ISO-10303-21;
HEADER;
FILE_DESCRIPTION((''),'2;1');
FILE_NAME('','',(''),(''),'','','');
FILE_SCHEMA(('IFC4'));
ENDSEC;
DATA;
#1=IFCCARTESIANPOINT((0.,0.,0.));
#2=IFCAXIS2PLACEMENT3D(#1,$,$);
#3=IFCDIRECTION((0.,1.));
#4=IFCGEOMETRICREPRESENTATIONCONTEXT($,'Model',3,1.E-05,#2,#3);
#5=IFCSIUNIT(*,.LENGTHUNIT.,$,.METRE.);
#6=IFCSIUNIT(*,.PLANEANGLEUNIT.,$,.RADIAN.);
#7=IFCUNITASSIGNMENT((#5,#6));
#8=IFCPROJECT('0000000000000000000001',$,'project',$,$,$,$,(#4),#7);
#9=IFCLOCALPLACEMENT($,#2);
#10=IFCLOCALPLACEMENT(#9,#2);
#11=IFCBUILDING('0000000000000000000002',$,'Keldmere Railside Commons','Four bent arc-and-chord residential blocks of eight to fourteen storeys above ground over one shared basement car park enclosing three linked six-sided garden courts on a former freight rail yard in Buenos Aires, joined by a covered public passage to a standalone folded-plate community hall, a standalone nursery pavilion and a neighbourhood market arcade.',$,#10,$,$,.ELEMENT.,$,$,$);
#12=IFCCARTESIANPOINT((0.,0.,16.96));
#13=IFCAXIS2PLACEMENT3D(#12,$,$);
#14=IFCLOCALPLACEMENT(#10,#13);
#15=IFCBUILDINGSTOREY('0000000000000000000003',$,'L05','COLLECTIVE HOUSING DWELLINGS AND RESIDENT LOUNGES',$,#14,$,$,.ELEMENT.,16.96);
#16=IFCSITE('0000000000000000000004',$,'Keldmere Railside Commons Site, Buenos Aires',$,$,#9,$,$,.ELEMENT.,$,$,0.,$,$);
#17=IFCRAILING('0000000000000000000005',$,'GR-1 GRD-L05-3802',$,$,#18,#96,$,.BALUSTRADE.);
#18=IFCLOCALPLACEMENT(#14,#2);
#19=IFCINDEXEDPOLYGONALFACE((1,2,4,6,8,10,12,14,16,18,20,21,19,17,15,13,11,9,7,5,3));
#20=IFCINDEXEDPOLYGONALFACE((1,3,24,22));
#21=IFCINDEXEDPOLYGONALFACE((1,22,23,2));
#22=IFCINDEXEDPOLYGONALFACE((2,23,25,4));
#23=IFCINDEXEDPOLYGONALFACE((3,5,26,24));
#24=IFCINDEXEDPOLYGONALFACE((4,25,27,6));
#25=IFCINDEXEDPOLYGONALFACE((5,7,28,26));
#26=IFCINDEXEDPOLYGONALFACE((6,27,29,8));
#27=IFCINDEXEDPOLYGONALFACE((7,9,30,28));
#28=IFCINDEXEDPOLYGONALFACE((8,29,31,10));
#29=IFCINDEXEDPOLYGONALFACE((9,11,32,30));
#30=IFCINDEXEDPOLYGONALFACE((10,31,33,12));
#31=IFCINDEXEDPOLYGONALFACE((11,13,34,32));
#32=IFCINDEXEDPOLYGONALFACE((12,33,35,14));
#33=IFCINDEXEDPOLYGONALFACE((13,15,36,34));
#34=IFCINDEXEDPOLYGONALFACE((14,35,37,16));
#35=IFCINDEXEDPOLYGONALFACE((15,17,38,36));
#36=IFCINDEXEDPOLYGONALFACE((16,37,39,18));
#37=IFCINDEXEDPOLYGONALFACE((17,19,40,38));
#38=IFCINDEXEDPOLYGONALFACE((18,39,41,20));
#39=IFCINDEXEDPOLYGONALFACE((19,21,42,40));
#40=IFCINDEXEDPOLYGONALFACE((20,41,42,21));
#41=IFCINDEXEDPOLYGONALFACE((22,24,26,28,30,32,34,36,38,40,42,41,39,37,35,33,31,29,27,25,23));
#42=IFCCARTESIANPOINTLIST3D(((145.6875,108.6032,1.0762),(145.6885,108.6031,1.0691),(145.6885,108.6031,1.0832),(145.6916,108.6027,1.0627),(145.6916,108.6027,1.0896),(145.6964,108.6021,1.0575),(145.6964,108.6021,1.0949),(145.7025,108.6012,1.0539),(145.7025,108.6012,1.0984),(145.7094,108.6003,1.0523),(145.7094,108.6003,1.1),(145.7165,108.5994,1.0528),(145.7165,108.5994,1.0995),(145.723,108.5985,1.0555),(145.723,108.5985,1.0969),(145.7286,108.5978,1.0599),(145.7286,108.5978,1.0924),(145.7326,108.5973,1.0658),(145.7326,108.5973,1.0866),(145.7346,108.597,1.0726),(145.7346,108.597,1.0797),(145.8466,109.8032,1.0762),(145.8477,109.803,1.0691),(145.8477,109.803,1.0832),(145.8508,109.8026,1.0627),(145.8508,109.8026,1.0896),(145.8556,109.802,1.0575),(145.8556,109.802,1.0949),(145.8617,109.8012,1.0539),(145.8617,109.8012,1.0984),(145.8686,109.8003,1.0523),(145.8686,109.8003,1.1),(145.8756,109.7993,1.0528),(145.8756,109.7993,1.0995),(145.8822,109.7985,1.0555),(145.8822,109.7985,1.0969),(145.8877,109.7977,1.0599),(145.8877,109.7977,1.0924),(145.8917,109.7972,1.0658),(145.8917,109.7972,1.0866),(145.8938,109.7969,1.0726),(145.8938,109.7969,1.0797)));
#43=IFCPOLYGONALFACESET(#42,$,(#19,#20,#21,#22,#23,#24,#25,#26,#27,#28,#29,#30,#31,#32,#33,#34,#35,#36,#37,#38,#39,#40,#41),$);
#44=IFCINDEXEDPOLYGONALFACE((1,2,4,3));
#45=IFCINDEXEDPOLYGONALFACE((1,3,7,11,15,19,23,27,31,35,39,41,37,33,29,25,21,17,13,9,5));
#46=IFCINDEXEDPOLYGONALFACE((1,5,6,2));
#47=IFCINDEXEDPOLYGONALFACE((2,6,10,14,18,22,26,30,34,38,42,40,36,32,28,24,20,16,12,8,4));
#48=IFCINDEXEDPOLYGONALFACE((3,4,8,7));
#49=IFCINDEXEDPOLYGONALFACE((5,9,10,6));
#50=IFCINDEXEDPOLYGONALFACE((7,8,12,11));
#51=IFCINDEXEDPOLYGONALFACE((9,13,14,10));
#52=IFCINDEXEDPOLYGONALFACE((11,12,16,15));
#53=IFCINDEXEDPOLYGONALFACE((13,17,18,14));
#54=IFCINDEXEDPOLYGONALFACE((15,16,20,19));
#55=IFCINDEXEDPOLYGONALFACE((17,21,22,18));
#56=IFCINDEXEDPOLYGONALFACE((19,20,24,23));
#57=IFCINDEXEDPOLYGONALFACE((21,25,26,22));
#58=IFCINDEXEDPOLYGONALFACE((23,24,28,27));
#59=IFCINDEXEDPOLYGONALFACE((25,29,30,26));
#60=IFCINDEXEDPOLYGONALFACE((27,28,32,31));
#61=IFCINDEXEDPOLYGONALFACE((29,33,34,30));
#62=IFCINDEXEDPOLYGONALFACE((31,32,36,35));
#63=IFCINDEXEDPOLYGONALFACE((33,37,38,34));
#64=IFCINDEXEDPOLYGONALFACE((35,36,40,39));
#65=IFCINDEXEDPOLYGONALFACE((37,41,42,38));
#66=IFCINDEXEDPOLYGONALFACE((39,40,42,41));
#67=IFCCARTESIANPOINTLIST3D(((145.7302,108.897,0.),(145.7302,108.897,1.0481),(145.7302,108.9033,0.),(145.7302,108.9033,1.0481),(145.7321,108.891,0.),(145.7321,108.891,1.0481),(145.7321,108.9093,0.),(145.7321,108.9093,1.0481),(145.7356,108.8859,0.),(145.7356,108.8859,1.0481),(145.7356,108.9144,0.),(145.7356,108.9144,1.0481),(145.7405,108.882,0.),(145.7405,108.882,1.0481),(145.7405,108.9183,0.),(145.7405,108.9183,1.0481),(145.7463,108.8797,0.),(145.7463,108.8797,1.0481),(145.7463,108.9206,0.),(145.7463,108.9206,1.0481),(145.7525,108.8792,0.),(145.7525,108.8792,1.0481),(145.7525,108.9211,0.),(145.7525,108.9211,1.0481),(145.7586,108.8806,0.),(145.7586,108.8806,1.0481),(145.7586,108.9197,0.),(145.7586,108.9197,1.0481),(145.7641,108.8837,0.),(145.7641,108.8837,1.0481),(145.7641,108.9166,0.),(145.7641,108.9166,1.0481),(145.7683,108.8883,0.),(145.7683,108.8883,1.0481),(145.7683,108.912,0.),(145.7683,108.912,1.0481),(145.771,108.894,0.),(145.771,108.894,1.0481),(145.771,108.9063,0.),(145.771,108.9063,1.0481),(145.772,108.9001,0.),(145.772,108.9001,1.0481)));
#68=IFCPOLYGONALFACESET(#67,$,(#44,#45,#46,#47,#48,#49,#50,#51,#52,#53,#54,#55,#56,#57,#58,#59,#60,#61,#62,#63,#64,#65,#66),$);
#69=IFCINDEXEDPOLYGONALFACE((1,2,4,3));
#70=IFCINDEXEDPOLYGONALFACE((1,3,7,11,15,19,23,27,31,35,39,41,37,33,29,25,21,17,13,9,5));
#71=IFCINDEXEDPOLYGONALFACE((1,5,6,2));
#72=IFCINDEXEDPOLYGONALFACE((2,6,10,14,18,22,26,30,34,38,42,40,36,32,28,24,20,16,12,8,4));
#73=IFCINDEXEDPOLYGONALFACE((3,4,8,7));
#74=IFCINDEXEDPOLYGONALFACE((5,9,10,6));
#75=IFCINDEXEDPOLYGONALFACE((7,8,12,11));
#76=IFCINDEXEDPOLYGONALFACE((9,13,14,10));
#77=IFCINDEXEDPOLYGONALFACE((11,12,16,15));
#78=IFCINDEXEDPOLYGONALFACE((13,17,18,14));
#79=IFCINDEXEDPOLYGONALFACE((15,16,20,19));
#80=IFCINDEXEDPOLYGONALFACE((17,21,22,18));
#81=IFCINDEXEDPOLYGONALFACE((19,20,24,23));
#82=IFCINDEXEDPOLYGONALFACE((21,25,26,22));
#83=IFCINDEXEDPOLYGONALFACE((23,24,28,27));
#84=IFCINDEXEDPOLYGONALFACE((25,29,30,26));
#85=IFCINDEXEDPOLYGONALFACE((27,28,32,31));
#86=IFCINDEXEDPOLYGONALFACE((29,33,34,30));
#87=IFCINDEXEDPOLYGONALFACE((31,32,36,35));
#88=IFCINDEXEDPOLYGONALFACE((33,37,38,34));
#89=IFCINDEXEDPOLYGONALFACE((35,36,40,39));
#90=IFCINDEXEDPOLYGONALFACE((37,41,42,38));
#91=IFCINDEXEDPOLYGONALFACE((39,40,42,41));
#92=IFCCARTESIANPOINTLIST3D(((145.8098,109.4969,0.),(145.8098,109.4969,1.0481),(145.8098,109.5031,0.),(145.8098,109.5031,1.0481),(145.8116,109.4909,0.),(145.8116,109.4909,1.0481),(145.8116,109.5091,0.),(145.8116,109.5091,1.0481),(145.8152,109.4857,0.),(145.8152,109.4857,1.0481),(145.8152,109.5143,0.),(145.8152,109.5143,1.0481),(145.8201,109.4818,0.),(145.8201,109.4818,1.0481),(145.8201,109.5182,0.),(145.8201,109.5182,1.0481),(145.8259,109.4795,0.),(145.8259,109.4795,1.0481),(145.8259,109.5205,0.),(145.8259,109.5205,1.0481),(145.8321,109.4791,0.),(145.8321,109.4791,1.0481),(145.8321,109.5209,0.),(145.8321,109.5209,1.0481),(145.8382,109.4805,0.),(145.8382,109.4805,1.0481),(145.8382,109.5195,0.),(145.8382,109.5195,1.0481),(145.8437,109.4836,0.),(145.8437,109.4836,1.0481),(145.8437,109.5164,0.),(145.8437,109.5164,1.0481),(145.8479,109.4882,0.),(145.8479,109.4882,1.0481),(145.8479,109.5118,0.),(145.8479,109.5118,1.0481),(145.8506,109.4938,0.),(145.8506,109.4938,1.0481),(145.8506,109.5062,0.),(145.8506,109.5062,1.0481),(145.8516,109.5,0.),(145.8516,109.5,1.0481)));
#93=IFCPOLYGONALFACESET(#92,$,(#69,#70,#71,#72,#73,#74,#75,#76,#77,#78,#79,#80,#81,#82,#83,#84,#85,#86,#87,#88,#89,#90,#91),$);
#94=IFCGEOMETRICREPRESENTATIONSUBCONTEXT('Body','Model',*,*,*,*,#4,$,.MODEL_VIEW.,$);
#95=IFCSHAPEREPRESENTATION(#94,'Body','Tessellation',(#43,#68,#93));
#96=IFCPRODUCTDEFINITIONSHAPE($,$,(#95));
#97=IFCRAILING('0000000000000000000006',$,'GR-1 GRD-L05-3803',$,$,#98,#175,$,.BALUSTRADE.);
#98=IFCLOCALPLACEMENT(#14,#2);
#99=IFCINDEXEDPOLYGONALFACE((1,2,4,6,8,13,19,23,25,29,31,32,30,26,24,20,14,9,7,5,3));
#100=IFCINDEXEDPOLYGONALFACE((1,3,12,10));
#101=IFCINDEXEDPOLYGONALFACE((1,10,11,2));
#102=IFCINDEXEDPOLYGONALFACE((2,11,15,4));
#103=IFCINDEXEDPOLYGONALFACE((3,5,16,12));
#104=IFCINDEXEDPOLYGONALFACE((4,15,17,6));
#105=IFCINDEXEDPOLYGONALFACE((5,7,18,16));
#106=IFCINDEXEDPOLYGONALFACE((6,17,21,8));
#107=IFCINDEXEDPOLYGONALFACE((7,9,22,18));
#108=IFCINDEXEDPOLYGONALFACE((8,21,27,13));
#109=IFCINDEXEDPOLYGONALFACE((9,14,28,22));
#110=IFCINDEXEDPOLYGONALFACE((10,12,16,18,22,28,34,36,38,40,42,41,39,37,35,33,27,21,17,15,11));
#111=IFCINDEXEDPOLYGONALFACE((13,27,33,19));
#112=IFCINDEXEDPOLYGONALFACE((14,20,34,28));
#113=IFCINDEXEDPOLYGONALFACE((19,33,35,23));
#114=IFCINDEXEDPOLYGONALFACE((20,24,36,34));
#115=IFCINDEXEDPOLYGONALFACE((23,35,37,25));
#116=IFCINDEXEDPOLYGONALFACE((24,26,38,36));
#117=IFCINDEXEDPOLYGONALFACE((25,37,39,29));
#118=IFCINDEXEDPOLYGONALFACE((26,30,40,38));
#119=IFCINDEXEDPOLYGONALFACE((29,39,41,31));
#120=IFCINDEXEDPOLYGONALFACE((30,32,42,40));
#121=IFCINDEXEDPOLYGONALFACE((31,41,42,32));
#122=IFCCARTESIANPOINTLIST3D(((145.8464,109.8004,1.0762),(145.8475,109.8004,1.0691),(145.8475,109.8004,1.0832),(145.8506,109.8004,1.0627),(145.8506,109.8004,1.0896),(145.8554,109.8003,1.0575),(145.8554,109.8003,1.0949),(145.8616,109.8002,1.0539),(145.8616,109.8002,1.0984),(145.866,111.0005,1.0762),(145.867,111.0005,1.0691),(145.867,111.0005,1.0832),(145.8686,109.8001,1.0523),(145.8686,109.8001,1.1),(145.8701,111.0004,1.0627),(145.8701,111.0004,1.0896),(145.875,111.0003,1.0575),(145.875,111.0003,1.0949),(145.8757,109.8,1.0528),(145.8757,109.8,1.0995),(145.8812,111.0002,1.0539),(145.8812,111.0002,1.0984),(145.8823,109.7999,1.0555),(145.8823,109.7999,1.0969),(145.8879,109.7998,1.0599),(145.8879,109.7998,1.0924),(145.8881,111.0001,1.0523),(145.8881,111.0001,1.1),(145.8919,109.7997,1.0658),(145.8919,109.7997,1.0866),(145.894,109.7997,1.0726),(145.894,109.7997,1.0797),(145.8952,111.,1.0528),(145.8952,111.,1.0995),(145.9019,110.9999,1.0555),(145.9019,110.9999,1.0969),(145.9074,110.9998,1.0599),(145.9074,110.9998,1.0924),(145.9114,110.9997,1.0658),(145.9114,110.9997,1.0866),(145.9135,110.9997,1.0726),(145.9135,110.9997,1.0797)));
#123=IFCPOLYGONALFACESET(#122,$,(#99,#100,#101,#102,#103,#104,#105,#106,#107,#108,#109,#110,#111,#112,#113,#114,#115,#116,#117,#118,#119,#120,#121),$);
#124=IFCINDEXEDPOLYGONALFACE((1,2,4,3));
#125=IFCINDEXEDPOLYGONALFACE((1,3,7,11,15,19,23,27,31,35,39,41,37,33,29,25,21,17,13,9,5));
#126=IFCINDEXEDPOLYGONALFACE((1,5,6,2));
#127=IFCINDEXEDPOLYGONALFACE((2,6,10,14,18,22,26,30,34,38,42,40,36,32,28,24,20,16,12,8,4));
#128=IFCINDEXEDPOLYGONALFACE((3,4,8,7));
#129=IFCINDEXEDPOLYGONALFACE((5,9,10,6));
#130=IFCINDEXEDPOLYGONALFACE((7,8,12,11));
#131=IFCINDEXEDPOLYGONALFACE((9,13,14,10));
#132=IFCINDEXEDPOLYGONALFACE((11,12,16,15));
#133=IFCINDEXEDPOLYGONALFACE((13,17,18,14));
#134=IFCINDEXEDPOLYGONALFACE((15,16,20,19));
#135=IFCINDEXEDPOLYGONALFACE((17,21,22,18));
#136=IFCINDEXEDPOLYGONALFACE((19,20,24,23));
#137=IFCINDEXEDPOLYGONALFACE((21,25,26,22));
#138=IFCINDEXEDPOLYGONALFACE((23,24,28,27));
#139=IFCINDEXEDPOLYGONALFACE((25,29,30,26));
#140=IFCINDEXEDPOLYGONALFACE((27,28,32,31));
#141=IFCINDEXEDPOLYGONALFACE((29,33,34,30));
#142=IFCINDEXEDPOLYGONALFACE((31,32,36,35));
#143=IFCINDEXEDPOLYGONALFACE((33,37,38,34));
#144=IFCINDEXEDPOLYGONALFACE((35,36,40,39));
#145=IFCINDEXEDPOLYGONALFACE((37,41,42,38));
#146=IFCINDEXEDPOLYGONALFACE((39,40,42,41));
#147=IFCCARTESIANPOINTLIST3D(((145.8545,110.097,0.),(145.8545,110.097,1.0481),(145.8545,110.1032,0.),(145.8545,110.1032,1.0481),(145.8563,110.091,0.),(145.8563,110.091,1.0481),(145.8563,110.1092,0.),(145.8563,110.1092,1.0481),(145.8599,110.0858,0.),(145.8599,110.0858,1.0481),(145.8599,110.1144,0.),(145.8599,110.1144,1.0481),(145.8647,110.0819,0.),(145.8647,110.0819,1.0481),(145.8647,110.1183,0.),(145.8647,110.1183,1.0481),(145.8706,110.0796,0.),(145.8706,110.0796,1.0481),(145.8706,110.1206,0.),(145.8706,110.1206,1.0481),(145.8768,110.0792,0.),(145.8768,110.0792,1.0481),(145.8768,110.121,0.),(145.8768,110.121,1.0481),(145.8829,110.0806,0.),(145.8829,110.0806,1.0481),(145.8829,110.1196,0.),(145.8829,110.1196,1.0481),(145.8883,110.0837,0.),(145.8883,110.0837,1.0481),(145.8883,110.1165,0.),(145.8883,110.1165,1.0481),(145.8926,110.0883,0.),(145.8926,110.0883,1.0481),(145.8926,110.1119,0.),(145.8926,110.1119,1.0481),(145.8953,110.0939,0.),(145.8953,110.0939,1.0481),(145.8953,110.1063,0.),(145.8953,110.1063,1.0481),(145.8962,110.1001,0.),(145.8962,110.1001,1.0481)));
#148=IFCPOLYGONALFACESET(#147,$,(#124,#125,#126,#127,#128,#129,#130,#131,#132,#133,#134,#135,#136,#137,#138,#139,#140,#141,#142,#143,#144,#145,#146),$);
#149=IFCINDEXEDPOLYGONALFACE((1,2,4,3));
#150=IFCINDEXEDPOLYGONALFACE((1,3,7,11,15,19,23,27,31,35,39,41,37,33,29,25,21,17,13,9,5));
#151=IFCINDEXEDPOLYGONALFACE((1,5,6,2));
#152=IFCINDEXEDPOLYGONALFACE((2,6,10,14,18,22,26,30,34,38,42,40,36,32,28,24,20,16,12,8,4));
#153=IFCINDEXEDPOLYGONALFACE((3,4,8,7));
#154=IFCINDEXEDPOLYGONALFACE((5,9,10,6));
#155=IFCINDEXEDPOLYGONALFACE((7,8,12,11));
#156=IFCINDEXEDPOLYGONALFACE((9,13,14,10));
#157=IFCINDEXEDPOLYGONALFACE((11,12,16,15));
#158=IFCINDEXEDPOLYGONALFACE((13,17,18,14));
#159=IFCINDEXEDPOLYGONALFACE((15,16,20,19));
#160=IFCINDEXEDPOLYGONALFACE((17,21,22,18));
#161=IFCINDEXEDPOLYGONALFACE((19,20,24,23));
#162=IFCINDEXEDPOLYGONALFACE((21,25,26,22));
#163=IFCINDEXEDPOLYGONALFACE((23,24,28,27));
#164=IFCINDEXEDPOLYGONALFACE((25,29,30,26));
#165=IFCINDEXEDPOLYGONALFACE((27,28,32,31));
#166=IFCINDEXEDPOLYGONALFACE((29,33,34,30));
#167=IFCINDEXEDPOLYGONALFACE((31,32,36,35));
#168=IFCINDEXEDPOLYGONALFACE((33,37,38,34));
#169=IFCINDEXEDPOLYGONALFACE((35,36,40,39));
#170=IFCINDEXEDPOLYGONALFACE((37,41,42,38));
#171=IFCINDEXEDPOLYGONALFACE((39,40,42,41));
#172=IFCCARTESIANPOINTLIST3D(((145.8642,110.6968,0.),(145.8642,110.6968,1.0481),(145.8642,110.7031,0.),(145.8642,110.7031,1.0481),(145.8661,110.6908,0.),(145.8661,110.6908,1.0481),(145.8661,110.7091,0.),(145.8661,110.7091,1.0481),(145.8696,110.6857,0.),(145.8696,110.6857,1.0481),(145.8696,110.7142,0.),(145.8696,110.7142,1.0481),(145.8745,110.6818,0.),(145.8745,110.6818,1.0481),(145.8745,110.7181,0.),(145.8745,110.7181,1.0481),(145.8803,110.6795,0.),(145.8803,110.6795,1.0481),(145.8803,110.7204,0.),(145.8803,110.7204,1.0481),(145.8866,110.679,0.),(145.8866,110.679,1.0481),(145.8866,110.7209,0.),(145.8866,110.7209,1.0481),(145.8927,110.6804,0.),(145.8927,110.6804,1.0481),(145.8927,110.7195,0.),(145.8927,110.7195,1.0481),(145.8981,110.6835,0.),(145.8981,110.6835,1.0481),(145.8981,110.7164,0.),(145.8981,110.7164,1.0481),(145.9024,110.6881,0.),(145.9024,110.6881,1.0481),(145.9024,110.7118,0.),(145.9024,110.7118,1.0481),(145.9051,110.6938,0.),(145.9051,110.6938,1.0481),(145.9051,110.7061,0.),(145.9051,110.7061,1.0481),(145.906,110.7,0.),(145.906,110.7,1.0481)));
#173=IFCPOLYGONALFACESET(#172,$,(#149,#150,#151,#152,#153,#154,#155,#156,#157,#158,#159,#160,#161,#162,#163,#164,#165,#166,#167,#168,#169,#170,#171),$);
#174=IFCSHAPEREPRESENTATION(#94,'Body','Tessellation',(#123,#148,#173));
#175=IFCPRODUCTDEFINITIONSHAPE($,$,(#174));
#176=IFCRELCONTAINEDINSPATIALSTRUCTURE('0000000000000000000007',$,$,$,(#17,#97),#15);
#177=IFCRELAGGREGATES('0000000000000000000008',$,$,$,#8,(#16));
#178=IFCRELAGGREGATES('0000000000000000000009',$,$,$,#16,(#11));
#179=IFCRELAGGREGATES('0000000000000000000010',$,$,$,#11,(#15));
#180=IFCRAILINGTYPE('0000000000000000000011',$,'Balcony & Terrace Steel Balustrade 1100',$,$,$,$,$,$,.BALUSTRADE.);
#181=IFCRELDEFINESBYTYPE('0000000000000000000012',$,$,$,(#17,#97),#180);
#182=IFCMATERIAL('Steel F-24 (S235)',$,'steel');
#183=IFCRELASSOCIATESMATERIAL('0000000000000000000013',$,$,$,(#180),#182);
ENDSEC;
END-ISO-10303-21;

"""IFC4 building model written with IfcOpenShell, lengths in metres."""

from ifc_helpers import new_model, si_unit, direction, frame, origin, origin_2d, place, context, subcontext, project, spatial, circle, extrude, material, type_object, element, save


model = new_model("IFC4")

# Units and contexts
model_context = context("Model", 3, precision=1e-05, world=origin(), true_north=direction((0.0, 1.0)))
body_context = subcontext(model_context, "Body", "Model", "MODEL_VIEW")
ifc_project = project(units=[si_unit("LENGTHUNIT", "METRE"), si_unit("PLANEANGLEUNIT", "RADIAN")], contexts=[model_context])

# Site, building, storey
site_placement = place(None, origin())
site = spatial("IfcSite", under=ifc_project, at=site_placement, Name="Keldmere Railside Commons Site, Buenos Aires", CompositionType="ELEMENT", RefElevation=0.0)
building_placement = place(site_placement, origin())
building = spatial("IfcBuilding", under=site, at=building_placement, Name="Keldmere Railside Commons", Description="Four bent arc-and-chord residential blocks of eight to fourteen storeys above ground over one shared basement car park enclosing three linked six-sided garden courts on a former freight rail yard in Buenos Aires, joined by a covered public passage to a standalone folded-plate community hall, a standalone nursery pavilion and a neighbourhood market arcade.", CompositionType="ELEMENT")
storey_placement = place(building_placement, frame((0.0, 0.0, 16.96)))
storey = spatial("IfcBuildingStorey", under=building, at=storey_placement, Name="L05", Description="COLLECTIVE HOUSING DWELLINGS AND RESIDENT LOUNGES", CompositionType="ELEMENT", Elevation=16.96)

# Shared definitions
ifc_material_1 = material(Name="Steel F-24 (S235)", Category="steel")

# Railings
railing_type = type_object("IfcRailingType", Name="Balcony & Terrace Steel Balustrade 1100", PredefinedType="BALUSTRADE", material=ifc_material_1)
railing_1_placement = place(storey_placement, frame((145.7112, 108.6001, 0.0)))
element("IfcRailing", 1, at=railing_1_placement, inside=storey, type_object=railing_type, Name="GR-1 GRD-L05-3802", PredefinedType="BALUSTRADE", context=body_context, shape_type="SweptSolid", body=[
    extrude(circle(Radius=0.0239, at=origin_2d()), frame((0.0, 0.0, 1.0762), z_axis=(0.131503, 0.991316, 0.0), x_axis=(-0.991316, 0.131503, 0.0)), (0.0, 0.0, 1.0), 1.2104),
    extrude(circle(Radius=0.021, at=origin_2d()), frame((0.0398, 0.3, 0.0)), (0.0, 0.0, 1.0), 1.0481),
    extrude(circle(Radius=0.021, at=origin_2d()), frame((0.1194, 0.8999, 0.0)), (0.0, 0.0, 1.0), 1.0481),
])
railing_2_placement = place(storey_placement, frame((145.8704, 109.8, 0.0)))
element("IfcRailing", 2, at=railing_2_placement, inside=storey, type_object=railing_type, Name="GR-1 GRD-L05-3803", PredefinedType="BALUSTRADE", context=body_context, shape_type="SweptSolid", body=[
    extrude(circle(Radius=0.0239, at=origin_2d()), frame((0.0, 0.0, 1.0762), z_axis=(0.016275, 0.999868, 0.0), x_axis=(-0.999868, 0.016275, 0.0)), (0.0, 0.0, 1.0), 1.2002),
    extrude(circle(Radius=0.021, at=origin_2d()), frame((0.0049, 0.3, 0.0)), (0.0, 0.0, 1.0), 1.0481),
    extrude(circle(Radius=0.021, at=origin_2d()), frame((0.0146, 0.8999, 0.0)), (0.0, 0.0, 1.0), 1.0481),
])

save(model, "model.ifc")
